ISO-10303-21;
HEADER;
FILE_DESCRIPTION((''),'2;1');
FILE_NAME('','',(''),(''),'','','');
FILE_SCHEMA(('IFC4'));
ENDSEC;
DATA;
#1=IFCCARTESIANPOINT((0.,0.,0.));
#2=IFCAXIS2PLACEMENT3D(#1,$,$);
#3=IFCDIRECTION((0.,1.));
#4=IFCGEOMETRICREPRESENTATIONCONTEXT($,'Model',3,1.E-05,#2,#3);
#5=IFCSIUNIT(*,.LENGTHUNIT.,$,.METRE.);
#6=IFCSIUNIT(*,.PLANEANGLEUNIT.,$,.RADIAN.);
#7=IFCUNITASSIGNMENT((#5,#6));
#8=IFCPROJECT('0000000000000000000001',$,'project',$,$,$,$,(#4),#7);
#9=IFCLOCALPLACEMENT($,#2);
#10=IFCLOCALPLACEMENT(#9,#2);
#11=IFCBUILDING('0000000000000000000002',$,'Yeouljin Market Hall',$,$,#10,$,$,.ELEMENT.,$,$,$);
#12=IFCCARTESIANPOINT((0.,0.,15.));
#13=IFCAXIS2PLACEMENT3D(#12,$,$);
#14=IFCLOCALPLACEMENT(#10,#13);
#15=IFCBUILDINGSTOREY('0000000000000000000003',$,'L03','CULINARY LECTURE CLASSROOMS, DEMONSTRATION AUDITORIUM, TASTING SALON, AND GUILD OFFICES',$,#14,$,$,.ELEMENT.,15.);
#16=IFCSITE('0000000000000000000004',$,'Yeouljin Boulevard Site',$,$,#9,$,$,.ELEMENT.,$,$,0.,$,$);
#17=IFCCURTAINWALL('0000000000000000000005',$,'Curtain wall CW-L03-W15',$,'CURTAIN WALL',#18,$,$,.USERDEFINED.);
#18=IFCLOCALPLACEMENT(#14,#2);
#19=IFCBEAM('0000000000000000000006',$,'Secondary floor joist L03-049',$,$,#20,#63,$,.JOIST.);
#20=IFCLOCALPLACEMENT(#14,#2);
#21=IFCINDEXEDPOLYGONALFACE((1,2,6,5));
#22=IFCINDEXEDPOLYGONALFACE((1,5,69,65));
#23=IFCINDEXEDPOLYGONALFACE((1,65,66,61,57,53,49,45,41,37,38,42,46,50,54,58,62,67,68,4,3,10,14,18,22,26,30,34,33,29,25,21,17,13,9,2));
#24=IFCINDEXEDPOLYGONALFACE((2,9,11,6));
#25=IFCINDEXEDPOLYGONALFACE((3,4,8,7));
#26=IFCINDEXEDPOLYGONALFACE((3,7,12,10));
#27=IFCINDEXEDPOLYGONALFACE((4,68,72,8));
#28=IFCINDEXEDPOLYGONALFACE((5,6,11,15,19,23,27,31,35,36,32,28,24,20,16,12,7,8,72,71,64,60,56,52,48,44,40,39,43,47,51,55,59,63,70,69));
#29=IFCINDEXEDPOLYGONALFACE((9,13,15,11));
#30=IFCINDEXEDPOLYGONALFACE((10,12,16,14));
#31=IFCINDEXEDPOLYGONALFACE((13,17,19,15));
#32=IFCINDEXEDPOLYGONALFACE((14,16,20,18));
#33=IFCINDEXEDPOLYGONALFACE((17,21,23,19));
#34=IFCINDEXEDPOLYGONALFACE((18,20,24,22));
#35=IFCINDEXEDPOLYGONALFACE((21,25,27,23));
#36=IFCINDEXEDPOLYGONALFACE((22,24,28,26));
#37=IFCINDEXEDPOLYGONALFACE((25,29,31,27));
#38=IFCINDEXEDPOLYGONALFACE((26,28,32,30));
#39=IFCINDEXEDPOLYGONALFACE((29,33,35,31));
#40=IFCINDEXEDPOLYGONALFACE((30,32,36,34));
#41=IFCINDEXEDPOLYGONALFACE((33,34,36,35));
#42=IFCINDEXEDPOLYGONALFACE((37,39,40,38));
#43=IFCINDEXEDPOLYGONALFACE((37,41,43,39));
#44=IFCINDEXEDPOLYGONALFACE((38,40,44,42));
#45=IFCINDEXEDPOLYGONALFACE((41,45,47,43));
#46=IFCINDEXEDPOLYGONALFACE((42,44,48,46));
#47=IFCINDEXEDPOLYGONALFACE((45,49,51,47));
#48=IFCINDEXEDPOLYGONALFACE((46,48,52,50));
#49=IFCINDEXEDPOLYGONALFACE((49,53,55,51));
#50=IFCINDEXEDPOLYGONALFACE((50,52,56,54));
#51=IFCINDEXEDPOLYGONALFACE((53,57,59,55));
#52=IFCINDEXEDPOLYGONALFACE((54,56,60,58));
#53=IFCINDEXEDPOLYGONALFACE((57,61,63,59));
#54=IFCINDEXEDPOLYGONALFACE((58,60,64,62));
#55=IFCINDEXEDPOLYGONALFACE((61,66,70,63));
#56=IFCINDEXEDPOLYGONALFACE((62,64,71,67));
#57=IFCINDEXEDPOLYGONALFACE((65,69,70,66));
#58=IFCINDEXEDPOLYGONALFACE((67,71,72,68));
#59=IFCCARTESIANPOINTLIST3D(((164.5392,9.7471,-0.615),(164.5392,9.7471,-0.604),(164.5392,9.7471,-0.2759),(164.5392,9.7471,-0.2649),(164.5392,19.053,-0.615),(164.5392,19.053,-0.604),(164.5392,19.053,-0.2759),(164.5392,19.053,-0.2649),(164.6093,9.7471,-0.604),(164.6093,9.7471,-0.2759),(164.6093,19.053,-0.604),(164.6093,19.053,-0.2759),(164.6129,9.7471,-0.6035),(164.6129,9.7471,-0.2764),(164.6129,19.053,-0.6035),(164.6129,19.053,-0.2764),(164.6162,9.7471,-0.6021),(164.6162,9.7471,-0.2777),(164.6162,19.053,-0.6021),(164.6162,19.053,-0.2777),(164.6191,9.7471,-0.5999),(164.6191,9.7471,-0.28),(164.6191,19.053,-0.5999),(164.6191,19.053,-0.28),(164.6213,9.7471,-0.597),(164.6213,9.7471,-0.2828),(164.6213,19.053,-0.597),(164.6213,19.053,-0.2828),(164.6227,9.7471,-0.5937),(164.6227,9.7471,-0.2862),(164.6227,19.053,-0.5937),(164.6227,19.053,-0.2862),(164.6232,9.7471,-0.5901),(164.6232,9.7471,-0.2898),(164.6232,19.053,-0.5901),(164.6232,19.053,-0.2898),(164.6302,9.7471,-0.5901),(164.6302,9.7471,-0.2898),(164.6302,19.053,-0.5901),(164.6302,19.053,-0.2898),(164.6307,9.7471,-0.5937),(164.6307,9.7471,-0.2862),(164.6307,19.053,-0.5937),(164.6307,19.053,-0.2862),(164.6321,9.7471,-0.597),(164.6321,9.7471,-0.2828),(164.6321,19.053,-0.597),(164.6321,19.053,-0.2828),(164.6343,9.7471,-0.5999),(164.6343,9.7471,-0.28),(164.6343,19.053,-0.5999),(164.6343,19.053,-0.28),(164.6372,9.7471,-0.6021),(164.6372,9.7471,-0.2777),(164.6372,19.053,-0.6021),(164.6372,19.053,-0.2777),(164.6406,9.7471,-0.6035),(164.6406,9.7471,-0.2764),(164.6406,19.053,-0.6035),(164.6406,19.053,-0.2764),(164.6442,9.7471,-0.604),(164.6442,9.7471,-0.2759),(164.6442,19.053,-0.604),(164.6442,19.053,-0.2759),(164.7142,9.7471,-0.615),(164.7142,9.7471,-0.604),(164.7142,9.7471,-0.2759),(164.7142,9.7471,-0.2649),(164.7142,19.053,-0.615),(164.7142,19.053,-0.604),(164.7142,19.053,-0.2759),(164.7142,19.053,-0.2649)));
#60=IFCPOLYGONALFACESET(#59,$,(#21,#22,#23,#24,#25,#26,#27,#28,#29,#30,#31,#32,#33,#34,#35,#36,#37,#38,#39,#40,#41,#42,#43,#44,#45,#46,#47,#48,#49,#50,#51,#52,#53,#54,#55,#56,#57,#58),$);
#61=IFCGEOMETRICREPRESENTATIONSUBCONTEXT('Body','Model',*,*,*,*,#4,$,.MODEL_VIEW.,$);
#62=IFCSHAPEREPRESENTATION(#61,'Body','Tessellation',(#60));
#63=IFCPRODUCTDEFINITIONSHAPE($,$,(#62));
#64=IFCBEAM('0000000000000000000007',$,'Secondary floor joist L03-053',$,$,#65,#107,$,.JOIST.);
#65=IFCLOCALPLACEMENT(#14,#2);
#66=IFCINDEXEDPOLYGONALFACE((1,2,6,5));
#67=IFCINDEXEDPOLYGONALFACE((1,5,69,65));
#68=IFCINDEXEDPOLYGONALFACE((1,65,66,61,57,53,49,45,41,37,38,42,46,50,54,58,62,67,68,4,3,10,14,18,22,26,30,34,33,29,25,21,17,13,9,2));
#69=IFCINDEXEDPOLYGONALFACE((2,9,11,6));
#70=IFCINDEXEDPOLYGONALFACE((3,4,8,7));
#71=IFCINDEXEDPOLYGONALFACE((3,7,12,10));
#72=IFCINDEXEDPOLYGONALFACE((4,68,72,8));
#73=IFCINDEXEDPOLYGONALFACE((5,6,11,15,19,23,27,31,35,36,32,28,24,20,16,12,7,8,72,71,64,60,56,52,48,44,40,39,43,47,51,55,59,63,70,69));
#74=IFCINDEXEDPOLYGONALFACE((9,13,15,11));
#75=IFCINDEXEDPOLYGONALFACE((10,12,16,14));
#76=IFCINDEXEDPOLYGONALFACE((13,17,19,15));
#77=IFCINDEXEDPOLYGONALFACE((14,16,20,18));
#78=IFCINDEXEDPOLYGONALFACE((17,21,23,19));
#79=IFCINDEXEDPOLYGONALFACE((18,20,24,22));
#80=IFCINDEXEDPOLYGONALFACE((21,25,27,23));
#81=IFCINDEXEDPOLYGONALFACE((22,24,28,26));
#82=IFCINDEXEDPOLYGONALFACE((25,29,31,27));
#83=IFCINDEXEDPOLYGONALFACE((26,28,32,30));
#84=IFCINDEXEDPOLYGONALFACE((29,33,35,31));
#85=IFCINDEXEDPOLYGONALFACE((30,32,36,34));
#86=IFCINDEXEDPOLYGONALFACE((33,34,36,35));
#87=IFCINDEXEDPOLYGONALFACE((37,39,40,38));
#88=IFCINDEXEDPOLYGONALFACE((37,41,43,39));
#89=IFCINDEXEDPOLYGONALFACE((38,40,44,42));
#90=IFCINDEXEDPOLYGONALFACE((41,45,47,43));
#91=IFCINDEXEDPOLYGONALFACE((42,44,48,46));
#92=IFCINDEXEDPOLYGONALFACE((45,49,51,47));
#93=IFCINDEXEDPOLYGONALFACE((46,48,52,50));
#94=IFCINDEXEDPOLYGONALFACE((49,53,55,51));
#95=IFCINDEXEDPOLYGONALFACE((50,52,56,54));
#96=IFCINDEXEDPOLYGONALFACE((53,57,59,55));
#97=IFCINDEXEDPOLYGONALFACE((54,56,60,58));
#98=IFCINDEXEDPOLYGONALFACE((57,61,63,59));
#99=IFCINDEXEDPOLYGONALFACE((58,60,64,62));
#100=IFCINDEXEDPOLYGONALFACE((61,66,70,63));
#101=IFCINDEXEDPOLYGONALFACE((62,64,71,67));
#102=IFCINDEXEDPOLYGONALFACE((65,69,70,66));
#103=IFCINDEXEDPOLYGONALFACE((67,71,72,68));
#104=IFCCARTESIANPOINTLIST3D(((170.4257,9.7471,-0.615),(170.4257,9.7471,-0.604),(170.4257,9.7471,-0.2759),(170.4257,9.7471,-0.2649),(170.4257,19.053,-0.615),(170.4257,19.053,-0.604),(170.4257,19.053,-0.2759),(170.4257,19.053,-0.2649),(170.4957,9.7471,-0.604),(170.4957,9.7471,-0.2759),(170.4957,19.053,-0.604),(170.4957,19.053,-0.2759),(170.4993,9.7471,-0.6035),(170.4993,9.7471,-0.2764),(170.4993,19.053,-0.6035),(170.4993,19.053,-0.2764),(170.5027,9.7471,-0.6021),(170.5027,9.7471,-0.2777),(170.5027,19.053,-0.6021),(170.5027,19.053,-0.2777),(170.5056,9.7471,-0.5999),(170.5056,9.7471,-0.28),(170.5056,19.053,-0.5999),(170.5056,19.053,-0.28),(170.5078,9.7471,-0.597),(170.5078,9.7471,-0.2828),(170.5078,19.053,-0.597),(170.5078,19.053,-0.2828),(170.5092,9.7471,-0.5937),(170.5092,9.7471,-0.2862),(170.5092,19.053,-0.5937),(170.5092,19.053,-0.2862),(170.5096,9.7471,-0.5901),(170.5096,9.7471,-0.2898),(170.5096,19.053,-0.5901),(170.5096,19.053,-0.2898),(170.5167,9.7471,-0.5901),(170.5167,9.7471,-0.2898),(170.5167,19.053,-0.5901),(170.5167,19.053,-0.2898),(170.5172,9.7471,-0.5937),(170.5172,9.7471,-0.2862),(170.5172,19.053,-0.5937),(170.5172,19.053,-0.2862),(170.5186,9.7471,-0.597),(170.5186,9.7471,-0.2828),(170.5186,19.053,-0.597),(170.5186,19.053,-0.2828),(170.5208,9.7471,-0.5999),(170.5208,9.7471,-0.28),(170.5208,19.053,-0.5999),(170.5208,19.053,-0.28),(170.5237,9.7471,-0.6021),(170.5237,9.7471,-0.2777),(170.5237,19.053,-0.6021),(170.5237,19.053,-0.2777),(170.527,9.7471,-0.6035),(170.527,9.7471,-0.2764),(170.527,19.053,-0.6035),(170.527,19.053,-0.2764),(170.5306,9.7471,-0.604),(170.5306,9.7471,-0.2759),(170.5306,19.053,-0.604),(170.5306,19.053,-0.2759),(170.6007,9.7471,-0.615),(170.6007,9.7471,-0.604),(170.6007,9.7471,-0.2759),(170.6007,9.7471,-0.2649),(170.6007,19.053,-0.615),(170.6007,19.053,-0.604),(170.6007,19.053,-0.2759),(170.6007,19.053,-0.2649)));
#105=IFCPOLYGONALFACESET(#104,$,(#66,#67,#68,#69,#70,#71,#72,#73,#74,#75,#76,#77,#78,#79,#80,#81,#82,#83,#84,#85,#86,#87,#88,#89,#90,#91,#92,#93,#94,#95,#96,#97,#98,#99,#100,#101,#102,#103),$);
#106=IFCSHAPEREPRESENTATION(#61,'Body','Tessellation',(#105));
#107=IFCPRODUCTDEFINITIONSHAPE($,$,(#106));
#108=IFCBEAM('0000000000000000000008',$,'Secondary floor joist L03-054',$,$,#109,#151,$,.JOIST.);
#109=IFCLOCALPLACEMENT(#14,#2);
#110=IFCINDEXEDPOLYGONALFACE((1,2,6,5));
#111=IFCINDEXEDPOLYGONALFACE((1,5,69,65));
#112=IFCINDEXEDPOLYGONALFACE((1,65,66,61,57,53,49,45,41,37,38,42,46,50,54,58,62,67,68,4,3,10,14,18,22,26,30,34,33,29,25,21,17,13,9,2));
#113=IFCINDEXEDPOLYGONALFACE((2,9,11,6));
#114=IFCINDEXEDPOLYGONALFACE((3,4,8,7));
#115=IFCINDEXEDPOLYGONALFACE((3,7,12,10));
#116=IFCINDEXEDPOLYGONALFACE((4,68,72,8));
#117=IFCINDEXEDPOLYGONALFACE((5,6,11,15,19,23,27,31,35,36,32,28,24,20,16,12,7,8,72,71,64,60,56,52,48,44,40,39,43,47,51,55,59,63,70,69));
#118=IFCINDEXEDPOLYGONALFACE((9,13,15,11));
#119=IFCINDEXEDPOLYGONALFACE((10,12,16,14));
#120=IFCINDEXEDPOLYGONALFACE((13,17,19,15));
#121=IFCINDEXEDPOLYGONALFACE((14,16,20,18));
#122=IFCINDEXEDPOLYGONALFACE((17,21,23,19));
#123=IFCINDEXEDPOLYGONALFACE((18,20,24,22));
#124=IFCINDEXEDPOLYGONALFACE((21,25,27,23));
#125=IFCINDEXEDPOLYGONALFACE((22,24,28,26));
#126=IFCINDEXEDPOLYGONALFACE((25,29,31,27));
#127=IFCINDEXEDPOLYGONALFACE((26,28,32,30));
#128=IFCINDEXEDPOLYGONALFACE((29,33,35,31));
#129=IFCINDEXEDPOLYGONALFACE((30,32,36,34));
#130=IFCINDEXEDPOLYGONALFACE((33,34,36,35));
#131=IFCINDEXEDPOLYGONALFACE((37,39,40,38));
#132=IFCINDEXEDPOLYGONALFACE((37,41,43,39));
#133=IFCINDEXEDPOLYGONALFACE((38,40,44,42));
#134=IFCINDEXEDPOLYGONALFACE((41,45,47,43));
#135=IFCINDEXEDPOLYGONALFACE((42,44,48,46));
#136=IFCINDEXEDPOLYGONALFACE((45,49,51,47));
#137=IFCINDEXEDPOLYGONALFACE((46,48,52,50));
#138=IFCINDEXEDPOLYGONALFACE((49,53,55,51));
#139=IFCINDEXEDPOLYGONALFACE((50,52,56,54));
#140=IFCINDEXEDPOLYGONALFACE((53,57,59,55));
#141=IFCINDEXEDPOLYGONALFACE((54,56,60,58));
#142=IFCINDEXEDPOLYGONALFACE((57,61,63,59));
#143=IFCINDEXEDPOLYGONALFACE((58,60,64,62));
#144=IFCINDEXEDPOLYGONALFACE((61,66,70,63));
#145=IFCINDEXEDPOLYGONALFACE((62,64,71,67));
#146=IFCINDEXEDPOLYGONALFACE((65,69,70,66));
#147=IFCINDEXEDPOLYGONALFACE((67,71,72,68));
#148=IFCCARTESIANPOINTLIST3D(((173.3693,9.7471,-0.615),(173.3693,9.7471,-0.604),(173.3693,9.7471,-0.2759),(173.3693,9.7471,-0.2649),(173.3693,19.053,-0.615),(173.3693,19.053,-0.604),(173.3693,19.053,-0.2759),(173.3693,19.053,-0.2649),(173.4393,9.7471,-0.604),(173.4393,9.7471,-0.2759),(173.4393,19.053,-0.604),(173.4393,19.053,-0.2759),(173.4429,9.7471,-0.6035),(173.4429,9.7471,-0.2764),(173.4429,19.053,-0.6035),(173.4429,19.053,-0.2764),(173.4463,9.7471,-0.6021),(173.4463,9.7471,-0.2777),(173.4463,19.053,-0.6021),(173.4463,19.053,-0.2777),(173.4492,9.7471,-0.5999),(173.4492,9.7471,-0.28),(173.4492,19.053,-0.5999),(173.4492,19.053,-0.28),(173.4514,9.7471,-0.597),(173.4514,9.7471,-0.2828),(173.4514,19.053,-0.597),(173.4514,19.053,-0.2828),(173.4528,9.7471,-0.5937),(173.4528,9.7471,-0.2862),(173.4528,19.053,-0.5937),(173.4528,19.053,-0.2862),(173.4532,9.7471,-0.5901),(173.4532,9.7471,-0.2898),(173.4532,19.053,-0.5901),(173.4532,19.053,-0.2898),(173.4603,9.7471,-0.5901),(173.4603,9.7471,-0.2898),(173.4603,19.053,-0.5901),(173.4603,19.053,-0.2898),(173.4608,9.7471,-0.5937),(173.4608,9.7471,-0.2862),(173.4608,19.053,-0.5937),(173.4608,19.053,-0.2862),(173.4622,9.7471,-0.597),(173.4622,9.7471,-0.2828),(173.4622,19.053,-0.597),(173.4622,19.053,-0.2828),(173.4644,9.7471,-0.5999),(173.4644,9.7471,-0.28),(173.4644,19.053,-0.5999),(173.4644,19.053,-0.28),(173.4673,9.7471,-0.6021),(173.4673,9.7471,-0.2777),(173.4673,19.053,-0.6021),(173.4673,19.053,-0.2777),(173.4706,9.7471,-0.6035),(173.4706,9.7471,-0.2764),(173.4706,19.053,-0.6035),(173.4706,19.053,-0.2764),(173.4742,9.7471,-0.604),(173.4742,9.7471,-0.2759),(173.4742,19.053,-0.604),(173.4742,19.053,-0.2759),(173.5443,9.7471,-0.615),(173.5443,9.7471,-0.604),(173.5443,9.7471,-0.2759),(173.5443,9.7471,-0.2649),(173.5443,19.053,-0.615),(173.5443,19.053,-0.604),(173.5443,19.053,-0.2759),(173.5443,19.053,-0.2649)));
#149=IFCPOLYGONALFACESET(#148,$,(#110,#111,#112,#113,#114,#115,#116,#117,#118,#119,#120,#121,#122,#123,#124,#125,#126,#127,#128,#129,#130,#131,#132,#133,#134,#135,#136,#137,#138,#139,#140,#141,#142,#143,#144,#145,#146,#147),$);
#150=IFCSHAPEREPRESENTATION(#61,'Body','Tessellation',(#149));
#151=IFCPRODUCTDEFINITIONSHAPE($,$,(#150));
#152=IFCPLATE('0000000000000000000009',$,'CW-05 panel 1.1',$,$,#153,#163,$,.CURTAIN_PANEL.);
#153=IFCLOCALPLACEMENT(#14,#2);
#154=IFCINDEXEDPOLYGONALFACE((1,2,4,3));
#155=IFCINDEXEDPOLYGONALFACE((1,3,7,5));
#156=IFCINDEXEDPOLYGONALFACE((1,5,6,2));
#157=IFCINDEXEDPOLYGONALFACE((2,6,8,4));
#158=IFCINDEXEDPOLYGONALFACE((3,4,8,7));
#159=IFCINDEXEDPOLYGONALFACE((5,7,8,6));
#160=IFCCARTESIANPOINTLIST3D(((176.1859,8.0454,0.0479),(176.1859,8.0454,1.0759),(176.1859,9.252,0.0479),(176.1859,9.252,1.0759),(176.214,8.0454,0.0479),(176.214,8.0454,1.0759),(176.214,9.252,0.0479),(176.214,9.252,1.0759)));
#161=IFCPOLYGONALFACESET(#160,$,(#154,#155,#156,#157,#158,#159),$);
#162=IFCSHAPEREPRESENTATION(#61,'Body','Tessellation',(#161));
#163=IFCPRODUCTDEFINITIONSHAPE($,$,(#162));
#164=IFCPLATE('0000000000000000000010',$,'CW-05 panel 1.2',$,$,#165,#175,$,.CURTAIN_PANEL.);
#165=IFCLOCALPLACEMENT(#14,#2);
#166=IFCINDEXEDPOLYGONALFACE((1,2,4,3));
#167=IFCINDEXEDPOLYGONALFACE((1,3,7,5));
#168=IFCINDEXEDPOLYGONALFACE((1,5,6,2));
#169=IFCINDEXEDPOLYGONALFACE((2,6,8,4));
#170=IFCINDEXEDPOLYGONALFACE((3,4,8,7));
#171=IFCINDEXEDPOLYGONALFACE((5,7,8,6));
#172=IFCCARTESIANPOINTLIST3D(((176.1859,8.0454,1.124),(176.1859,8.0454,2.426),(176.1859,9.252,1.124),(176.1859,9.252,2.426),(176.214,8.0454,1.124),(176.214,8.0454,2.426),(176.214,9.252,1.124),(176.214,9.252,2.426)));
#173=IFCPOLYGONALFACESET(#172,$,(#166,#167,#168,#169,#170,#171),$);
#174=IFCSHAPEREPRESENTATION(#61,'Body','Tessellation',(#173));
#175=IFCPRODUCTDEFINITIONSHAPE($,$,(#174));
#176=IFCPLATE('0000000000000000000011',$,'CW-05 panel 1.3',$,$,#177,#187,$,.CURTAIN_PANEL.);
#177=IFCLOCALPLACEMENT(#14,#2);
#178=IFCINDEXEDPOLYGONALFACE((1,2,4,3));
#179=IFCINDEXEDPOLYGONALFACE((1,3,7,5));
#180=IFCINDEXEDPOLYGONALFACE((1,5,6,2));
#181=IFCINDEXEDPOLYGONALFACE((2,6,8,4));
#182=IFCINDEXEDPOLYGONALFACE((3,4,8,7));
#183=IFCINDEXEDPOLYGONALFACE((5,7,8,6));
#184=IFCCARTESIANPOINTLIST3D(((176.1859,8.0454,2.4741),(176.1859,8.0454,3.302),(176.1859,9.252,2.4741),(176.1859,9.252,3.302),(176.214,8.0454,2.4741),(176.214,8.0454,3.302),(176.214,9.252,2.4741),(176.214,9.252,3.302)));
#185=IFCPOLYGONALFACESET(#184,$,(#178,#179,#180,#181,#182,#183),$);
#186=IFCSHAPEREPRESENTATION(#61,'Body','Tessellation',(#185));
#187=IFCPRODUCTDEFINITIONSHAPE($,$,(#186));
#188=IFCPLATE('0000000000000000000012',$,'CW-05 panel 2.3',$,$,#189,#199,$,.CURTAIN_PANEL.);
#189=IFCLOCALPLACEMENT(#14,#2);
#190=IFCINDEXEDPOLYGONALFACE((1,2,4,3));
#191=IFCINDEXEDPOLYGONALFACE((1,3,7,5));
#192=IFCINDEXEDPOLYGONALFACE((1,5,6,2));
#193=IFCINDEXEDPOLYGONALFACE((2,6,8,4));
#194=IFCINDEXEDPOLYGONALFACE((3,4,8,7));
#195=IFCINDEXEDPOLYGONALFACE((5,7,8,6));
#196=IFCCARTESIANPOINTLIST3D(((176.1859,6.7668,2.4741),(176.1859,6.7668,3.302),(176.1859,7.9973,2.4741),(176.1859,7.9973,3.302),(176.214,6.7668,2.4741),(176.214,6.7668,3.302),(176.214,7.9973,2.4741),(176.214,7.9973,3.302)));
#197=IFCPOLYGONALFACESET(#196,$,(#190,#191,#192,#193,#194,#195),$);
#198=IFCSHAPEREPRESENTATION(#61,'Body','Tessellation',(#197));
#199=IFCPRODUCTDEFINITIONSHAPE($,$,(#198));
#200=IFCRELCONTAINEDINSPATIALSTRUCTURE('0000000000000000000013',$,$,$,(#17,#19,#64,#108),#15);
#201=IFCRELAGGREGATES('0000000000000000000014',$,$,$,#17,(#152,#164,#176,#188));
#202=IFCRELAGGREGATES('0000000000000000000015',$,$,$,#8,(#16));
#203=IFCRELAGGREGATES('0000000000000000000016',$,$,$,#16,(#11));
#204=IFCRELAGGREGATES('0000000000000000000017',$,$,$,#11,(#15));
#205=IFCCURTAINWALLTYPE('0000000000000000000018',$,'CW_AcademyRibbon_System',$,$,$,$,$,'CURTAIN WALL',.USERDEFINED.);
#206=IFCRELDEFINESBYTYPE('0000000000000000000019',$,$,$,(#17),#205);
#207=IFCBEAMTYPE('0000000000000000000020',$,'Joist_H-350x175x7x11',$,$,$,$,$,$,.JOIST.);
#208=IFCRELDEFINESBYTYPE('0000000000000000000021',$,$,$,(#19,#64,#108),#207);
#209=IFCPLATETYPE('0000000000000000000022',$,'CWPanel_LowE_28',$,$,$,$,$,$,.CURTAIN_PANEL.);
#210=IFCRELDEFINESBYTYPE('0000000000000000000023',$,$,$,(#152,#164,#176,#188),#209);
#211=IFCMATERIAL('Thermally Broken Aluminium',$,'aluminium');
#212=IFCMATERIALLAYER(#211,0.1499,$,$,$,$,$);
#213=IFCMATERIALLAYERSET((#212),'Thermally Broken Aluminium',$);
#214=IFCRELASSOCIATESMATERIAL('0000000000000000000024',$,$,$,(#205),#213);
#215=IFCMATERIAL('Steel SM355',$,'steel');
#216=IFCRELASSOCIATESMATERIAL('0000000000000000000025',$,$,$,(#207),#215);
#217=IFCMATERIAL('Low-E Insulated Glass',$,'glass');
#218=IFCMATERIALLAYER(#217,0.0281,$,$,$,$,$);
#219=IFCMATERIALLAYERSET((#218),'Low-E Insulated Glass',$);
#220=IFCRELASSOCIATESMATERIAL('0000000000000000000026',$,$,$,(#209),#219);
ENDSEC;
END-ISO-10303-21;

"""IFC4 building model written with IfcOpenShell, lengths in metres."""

from ifc_helpers import new_model, si_unit, direction, frame, origin, origin_2d, place, context, subcontext, project, spatial, rectangle, i_section, extrude, material, layer, layer_set, material_profile, profile_set, type_object, element, aggregate, save


model = new_model("IFC4")

# Units and contexts
model_context = context("Model", 3, precision=1e-05, world=origin(), true_north=direction((0.0, 1.0)))
body_context = subcontext(model_context, "Body", "Model", "MODEL_VIEW")
ifc_project = project(units=[si_unit("LENGTHUNIT", "METRE"), si_unit("PLANEANGLEUNIT", "RADIAN")], contexts=[model_context])

# Site, building, storey
site_placement = place(None, origin())
site = spatial("IfcSite", under=ifc_project, at=site_placement, Name="Yeouljin Boulevard Site", CompositionType="ELEMENT", RefElevation=0.0)
building_placement = place(site_placement, origin())
building = spatial("IfcBuilding", under=site, at=building_placement, Name="Yeouljin Market Hall", CompositionType="ELEMENT")
storey_placement = place(building_placement, frame((0.0, 0.0, 15.0)))
storey = spatial("IfcBuildingStorey", under=building, at=storey_placement, Name="L03", Description="CULINARY LECTURE CLASSROOMS, DEMONSTRATION AUDITORIUM, TASTING SALON, AND GUILD OFFICES", CompositionType="ELEMENT", Elevation=15.0)

# Curtain wall
ifc_material_1 = material(Name="Thermally Broken Aluminium", Category="aluminium")
ifc_layer_1 = layer(ifc_material_1, 0.1499)
ifc_layer_set_1 = layer_set([ifc_layer_1], Name="Thermally Broken Aluminium")
curtain_wall_type = type_object("IfcCurtainWallType", Name="CW_AcademyRibbon_System", ElementType="CURTAIN WALL", PredefinedType="USERDEFINED", material=ifc_layer_set_1)
curtain_wall_placement = place(storey_placement, origin())
curtain_wall = element("IfcCurtainWall", 1, at=curtain_wall_placement, inside=storey, type_object=curtain_wall_type, Name="Curtain wall CW-L03-W15", ObjectType="CURTAIN WALL", PredefinedType="USERDEFINED")

# Beams
ifc_material_2 = material(Name="Steel SM355", Category="steel")
ifc_material_profile_1 = material_profile(ifc_material_2, i_section(OverallWidth=0.175, OverallDepth=0.3501, WebThickness=0.0071, FlangeThickness=0.011, FilletRadius=0.0139, at=origin_2d()), Name="H-350x175x7x11")
ifc_profile_set_1 = profile_set([ifc_material_profile_1], Name="Steel SM355")
beam_type_1 = type_object("IfcBeamType", Name="Joist_H-350x175x7x11", PredefinedType="JOIST", material=ifc_profile_set_1)
for number, where, z_axis, x_axis, name in (
    (2, (164.6267, 9.7471, -0.4399), (0.0, 1.0, 0.0), (-1.0, 0.0, 0.0), "Secondary floor joist L03-049"),
    (3, (170.5132, 9.7471, -0.4399), (0.0, 1.0, 0.0), (-1.0, 0.0, 0.0), "Secondary floor joist L03-053"),
    (4, (173.4568, 9.7471, -0.4399), (0.0, 1.0, 0.0), (-1.0, 0.0, 0.0), "Secondary floor joist L03-054"),
):
    element("IfcBeam", number, at=place(storey_placement, frame(where, z_axis=z_axis, x_axis=x_axis)), inside=storey, type_object=beam_type_1, Name=name, PredefinedType="JOIST", context=body_context, shape_type="SweptSolid", body=[
        extrude(i_section(OverallWidth=0.175, OverallDepth=0.3501, WebThickness=0.0071, FlangeThickness=0.011, FilletRadius=0.0139, at=origin_2d()), origin(), (0.0, 0.0, 1.0), 9.3059),
    ])

# Plates
ifc_material_3 = material(Name="Low-E Insulated Glass", Category="glass")
ifc_layer_2 = layer(ifc_material_3, 0.0281)
ifc_layer_set_2 = layer_set([ifc_layer_2], Name="Low-E Insulated Glass")
plate_type = type_object("IfcPlateType", Name="CWPanel_LowE_28", PredefinedType="CURTAIN_PANEL", material=ifc_layer_set_2)
plate_1_placement = place(storey_placement, frame((176.2, 8.6487, 0.0479), z_axis=(0.0, 0.0, 1.0), x_axis=(0.0, -1.0, 0.0)))
plate_1 = element("IfcPlate", 5, at=plate_1_placement, type_object=plate_type, Name="CW-05 panel 1.1", PredefinedType="CURTAIN_PANEL", context=body_context, shape_type="SweptSolid", body=[
    extrude(rectangle(XDim=1.2065, YDim=0.0281, at=origin_2d()), origin(), (0.0, 0.0, 1.0), 1.0281),
])
plate_2_placement = place(storey_placement, frame((176.2, 8.6487, 1.124), z_axis=(0.0, 0.0, 1.0), x_axis=(0.0, -1.0, 0.0)))
plate_2 = element("IfcPlate", 6, at=plate_2_placement, type_object=plate_type, Name="CW-05 panel 1.2", PredefinedType="CURTAIN_PANEL", context=body_context, shape_type="SweptSolid", body=[
    extrude(rectangle(XDim=1.2065, YDim=0.0281, at=origin_2d()), origin(), (0.0, 0.0, 1.0), 1.302),
])
plate_3_placement = place(storey_placement, frame((176.2, 8.6487, 2.4741), z_axis=(0.0, 0.0, 1.0), x_axis=(0.0, -1.0, 0.0)))
plate_3 = element("IfcPlate", 7, at=plate_3_placement, type_object=plate_type, Name="CW-05 panel 1.3", PredefinedType="CURTAIN_PANEL", context=body_context, shape_type="SweptSolid", body=[
    extrude(rectangle(XDim=1.2065, YDim=0.0281, at=origin_2d()), origin(), (0.0, 0.0, 1.0), 0.8279),
])
plate_4_placement = place(storey_placement, frame((176.2, 7.3821, 2.4741), z_axis=(0.0, 0.0, 1.0), x_axis=(0.0, -1.0, 0.0)))
plate_4 = element("IfcPlate", 8, at=plate_4_placement, type_object=plate_type, Name="CW-05 panel 2.3", PredefinedType="CURTAIN_PANEL", context=body_context, shape_type="SweptSolid", body=[
    extrude(rectangle(XDim=1.2305, YDim=0.0281, at=origin_2d()), origin(), (0.0, 0.0, 1.0), 0.8279),
])
aggregate(curtain_wall, [plate_1, plate_2, plate_3, plate_4])

save(model, "model.ifc")
